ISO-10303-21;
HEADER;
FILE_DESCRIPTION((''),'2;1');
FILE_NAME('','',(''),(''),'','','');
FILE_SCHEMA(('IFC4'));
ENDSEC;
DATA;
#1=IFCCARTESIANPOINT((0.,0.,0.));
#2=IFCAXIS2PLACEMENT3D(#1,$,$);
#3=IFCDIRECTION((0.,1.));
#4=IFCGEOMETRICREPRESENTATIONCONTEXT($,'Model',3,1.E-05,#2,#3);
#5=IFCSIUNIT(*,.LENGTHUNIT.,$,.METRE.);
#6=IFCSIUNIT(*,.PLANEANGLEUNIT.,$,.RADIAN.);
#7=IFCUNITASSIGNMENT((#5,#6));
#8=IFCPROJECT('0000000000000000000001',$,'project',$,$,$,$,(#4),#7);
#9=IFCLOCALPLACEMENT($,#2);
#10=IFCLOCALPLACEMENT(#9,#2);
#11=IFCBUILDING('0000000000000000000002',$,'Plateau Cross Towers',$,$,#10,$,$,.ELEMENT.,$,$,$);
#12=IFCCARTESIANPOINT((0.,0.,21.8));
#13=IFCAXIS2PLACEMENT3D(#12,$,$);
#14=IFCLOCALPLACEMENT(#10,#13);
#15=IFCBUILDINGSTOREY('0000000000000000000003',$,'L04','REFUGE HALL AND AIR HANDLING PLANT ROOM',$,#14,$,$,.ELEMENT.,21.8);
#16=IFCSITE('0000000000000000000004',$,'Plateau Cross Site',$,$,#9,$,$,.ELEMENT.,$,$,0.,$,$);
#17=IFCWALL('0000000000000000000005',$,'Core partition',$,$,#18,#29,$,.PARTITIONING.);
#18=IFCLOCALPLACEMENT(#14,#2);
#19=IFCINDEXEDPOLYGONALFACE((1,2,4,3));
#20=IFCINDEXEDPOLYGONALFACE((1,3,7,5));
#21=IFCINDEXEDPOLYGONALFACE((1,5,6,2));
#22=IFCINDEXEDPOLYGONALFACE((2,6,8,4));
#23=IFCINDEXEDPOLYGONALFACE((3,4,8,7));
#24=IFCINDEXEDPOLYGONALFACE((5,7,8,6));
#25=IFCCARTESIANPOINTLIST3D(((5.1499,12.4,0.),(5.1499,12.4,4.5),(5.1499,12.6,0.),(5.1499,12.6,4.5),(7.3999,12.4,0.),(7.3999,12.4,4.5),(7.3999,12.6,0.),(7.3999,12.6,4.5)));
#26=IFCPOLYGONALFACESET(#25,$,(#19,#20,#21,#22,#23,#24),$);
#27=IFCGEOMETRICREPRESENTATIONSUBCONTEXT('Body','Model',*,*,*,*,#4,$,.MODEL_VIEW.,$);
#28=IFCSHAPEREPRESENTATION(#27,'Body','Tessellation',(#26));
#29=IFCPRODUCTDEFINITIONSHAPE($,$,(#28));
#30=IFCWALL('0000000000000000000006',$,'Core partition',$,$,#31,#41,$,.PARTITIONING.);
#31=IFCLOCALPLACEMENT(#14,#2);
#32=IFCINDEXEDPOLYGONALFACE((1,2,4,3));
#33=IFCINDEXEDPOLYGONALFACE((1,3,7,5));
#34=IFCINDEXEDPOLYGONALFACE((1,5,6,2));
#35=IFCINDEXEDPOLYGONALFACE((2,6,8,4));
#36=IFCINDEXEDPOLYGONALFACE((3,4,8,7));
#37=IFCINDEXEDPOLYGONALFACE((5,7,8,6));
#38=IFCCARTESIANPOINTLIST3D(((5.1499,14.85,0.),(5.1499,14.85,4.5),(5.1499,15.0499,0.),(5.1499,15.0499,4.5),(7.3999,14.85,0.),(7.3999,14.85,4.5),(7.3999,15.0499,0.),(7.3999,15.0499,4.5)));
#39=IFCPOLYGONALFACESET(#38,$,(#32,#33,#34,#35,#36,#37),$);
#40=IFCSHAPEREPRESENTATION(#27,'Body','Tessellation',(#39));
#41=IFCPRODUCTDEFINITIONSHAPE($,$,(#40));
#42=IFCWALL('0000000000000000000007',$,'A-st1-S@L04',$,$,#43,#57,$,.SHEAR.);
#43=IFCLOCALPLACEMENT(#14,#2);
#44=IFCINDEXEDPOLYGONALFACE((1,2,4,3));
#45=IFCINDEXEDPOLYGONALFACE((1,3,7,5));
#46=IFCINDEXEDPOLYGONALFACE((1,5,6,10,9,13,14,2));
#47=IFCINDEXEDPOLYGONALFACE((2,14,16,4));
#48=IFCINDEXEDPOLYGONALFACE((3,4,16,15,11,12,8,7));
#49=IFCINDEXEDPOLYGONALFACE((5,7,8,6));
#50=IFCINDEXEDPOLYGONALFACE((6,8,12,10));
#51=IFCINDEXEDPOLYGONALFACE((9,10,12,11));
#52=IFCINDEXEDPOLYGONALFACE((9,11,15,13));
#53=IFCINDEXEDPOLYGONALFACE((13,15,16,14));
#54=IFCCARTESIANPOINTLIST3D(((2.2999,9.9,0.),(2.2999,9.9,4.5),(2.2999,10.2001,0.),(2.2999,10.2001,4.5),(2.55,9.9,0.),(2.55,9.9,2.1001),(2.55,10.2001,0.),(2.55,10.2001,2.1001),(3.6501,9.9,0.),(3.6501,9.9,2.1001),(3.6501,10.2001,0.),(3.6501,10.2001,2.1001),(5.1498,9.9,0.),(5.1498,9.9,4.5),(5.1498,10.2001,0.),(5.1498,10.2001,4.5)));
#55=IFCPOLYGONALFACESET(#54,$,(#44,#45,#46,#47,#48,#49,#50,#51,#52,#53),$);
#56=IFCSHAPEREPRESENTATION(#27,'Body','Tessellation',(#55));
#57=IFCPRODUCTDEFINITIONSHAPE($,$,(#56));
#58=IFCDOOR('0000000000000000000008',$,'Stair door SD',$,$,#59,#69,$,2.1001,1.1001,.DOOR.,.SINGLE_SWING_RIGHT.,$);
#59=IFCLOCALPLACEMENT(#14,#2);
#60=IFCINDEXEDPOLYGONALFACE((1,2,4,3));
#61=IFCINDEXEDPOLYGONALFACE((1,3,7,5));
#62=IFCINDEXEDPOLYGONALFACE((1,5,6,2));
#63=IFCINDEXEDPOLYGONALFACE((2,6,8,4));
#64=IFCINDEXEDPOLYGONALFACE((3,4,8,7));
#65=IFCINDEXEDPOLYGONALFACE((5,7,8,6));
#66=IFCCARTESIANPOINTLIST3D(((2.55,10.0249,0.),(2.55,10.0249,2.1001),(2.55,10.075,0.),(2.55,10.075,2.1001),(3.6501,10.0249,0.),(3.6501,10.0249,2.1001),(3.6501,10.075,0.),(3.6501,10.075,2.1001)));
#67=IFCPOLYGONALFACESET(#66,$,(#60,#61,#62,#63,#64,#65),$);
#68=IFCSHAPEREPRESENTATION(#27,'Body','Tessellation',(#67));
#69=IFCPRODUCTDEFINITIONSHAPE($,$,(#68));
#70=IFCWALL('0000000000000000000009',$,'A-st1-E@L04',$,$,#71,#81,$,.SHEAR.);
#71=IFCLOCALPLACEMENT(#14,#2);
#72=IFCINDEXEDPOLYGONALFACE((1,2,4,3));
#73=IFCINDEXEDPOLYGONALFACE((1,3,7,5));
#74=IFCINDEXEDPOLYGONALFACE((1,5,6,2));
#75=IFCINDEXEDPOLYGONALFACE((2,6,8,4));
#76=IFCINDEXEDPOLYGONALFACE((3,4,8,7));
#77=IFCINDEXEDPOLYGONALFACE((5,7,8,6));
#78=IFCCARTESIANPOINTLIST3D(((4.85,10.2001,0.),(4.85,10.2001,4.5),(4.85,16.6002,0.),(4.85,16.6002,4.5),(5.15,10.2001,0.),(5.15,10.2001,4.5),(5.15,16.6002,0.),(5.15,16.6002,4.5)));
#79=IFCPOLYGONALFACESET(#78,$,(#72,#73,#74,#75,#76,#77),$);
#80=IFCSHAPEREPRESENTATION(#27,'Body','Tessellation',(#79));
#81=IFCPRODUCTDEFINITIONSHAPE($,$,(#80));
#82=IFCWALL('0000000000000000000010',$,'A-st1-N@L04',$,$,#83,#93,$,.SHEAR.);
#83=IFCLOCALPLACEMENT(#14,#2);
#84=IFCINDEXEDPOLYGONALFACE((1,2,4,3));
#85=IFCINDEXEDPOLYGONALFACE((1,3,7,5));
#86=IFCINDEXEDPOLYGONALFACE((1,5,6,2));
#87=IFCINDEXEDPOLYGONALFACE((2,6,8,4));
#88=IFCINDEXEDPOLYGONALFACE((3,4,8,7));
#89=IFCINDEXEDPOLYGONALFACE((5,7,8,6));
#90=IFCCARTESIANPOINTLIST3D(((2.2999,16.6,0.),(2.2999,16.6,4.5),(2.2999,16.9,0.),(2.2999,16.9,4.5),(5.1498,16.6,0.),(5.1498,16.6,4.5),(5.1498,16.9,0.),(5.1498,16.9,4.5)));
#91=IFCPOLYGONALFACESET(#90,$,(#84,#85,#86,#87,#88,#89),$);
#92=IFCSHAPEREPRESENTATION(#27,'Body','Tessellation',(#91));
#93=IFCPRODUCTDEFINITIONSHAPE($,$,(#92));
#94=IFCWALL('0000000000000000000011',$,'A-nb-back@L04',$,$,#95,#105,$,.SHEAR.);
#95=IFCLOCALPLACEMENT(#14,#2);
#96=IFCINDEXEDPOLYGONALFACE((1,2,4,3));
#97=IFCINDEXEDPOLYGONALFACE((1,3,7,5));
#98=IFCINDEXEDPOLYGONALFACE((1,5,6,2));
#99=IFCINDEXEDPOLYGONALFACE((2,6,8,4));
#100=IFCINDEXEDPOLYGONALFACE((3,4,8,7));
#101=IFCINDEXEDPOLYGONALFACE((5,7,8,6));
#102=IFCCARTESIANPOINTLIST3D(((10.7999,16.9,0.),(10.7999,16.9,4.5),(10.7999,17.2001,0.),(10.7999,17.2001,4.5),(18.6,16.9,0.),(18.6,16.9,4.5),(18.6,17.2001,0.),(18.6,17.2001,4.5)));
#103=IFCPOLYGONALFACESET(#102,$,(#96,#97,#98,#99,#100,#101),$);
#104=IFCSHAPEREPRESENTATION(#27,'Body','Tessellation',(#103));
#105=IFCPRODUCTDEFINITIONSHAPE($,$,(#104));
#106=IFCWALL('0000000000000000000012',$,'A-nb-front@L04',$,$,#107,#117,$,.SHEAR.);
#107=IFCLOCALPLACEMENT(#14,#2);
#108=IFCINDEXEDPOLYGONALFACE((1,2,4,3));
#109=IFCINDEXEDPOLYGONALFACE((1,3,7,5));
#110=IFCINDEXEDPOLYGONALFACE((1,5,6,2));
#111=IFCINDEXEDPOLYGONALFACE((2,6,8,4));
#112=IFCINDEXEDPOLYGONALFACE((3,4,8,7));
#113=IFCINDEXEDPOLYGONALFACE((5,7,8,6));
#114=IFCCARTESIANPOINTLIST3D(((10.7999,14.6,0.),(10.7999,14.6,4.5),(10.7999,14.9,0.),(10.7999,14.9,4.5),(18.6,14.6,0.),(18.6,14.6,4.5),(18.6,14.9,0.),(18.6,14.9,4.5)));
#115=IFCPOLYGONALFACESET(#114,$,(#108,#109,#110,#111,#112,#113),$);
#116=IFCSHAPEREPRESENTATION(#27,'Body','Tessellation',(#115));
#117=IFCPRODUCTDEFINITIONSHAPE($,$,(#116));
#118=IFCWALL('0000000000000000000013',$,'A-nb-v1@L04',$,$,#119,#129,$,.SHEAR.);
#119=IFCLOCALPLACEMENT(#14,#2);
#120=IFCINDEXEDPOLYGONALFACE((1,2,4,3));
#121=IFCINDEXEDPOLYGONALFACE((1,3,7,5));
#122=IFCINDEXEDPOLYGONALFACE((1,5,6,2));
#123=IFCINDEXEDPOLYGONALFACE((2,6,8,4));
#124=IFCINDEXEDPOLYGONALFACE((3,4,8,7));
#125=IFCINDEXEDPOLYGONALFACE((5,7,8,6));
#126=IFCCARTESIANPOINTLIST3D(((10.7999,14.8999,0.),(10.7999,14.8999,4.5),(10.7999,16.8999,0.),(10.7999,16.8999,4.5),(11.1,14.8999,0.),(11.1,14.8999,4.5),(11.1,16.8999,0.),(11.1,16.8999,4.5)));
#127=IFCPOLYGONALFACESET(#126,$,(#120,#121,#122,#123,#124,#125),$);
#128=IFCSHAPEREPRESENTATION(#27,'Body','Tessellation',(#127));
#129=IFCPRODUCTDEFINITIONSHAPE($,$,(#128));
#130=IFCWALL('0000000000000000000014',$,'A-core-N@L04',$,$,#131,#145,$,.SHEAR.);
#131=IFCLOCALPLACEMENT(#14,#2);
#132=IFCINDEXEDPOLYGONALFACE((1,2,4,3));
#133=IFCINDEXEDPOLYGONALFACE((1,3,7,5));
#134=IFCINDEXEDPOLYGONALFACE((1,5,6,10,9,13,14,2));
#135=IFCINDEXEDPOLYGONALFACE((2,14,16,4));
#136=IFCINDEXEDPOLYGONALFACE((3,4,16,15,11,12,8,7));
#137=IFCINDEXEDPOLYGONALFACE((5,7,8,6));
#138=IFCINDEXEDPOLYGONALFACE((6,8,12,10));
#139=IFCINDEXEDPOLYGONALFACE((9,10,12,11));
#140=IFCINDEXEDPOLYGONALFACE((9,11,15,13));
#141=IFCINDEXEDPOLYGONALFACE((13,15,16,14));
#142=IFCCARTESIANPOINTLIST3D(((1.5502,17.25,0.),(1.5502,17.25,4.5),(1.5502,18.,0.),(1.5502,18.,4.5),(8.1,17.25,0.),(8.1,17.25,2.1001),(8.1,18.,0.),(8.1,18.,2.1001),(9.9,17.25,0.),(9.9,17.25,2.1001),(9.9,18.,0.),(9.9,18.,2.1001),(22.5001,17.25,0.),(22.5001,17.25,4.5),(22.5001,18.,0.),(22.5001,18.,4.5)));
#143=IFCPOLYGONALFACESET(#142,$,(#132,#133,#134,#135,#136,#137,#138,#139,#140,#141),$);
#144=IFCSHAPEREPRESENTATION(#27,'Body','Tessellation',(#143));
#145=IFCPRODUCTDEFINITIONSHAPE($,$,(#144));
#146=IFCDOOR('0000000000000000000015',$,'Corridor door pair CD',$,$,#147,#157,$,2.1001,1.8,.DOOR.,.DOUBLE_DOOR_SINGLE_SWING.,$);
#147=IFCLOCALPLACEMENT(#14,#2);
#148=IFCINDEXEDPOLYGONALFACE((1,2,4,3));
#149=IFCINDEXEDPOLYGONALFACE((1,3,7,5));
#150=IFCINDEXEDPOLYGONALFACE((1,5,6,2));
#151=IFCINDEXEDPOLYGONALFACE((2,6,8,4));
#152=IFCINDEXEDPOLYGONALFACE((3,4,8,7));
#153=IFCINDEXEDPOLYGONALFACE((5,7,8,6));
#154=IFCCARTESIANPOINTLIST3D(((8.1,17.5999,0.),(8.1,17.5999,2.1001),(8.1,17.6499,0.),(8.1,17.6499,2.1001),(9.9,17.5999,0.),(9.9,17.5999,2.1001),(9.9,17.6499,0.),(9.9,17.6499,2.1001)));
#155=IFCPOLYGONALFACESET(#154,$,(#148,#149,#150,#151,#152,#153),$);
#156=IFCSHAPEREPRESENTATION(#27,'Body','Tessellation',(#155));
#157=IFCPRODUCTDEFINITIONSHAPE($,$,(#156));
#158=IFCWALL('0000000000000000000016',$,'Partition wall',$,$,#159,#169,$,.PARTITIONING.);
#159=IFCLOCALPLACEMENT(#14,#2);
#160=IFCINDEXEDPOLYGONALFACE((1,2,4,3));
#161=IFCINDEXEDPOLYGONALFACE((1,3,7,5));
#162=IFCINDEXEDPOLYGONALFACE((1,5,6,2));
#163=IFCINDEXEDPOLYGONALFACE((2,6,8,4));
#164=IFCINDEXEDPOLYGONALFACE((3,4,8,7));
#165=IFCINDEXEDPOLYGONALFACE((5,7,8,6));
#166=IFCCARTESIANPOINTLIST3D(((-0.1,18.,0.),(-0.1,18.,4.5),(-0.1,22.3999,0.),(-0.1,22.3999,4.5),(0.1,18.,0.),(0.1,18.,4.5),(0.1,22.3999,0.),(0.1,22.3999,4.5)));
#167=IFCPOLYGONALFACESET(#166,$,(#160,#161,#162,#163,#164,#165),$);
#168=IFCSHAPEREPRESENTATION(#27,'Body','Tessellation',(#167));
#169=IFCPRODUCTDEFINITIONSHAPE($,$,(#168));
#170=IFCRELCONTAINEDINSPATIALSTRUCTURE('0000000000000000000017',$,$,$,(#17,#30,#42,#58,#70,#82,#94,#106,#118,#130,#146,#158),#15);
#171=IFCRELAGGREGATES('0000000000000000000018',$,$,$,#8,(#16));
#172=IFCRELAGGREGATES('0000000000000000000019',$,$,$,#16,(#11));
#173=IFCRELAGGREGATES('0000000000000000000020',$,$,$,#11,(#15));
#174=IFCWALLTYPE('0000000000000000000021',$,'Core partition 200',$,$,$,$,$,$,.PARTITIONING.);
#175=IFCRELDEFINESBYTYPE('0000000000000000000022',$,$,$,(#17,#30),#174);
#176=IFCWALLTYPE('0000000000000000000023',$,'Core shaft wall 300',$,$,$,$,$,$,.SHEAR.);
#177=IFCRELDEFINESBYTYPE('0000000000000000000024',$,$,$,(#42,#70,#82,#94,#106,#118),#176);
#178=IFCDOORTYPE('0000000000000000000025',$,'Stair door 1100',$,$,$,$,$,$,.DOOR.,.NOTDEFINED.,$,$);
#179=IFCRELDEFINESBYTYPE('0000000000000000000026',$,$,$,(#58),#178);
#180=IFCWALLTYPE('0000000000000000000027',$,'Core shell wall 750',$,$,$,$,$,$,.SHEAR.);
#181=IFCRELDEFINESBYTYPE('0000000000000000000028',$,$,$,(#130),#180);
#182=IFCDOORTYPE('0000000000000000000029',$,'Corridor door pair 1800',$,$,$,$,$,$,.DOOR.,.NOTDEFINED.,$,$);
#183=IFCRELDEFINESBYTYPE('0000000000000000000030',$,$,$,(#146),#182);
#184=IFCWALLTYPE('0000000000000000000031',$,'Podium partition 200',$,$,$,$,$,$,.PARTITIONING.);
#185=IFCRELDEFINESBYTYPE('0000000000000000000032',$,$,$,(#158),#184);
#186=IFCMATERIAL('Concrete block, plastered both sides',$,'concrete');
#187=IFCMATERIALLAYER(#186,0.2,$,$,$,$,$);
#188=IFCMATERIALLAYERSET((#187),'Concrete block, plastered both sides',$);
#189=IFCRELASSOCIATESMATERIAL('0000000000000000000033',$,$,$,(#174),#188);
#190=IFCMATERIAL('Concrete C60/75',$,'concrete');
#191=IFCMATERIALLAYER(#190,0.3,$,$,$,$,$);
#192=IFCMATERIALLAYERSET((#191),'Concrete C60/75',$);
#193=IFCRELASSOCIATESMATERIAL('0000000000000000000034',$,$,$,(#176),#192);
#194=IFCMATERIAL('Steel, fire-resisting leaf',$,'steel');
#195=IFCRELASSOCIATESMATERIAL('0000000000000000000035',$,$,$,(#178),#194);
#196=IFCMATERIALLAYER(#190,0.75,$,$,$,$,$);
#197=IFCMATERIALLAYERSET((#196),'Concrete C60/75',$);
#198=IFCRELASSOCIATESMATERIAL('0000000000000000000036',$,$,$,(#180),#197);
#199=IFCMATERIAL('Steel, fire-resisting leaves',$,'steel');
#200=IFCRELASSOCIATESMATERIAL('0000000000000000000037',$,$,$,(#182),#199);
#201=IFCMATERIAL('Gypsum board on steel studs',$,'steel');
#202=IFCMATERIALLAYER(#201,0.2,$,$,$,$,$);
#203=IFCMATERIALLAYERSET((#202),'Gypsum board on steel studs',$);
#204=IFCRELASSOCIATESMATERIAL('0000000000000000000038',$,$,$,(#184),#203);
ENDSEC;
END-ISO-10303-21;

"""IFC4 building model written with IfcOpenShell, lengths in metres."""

from ifc_helpers import new_model, si_unit, direction, frame, frame_2d, origin, place, context, subcontext, project, spatial, rectangle, extrude, material, layer, layer_set, type_object, element, fill, save


model = new_model("IFC4")

# Units and contexts
model_context = context("Model", 3, precision=1e-05, world=origin(), true_north=direction((0.0, 1.0)))
body_context = subcontext(model_context, "Body", "Model", "MODEL_VIEW")
ifc_project = project(units=[si_unit("LENGTHUNIT", "METRE"), si_unit("PLANEANGLEUNIT", "RADIAN")], contexts=[model_context])

# Site, building, storey
site_placement = place(None, origin())
site = spatial("IfcSite", under=ifc_project, at=site_placement, Name="Plateau Cross Site", CompositionType="ELEMENT", RefElevation=0.0)
building_placement = place(site_placement, origin())
building = spatial("IfcBuilding", under=site, at=building_placement, Name="Plateau Cross Towers", CompositionType="ELEMENT")
storey_placement = place(building_placement, frame((0.0, 0.0, 21.8)))
storey = spatial("IfcBuildingStorey", under=building, at=storey_placement, Name="L04", Description="REFUGE HALL AND AIR HANDLING PLANT ROOM", CompositionType="ELEMENT", Elevation=21.8)

# Shared definitions
ifc_material_1 = material(Name="Concrete C60/75", Category="concrete")

# Shared definitions
ifc_material_2 = material(Name="Concrete block, plastered both sides", Category="concrete")
ifc_layer_1 = layer(ifc_material_2, 0.2)
ifc_layer_set_1 = layer_set([ifc_layer_1], Name="Concrete block, plastered both sides")
wall_type_1 = type_object("IfcWallType", Name="Core partition 200", PredefinedType="PARTITIONING", material=ifc_layer_set_1)

# Walls
for number, where, z_axis, x_axis, name in (
    (1, (5.1499, 12.5, 0.0), (0.0, 0.0, 1.0), (1.0, 0.0, 0.0), "Core partition"),
    (2, (5.1499, 14.95, 0.0), (0.0, 0.0, 1.0), (1.0, 0.0, 0.0), "Core partition"),
):
    element("IfcWall", number, at=place(storey_placement, frame(where, z_axis=z_axis, x_axis=x_axis)), inside=storey, type_object=wall_type_1, Name=name, PredefinedType="PARTITIONING", context=body_context, shape_type="SweptSolid", body=[
        extrude(rectangle(XDim=2.25, YDim=0.2, at=frame_2d((1.125, 0.0))), origin(), (0.0, 0.0, 1.0), 4.5),
    ])

# Wall, opening, door
ifc_layer_2 = layer(ifc_material_1, 0.3)
ifc_layer_set_2 = layer_set([ifc_layer_2], Name="Concrete C60/75")
wall_type_2 = type_object("IfcWallType", Name="Core shaft wall 300", PredefinedType="SHEAR", material=ifc_layer_set_2)
wall_1_placement = place(storey_placement, frame((2.3, 10.05, 0.0), z_axis=(0.0, 0.0, 1.0), x_axis=(1.0, 0.0, 0.0)))
wall_1 = element("IfcWall", 3, at=wall_1_placement, inside=storey, type_object=wall_type_2, Name="A-st1-S@L04", PredefinedType="SHEAR", context=body_context, shape_type="SweptSolid", body=[
    extrude(rectangle(XDim=2.8499, YDim=0.3, at=frame_2d((1.4248, 0.0))), origin(), (0.0, 0.0, 1.0), 4.5),
])
opening_1_placement = place(wall_1_placement, frame((0.25, 0.0, 0.0)))
opening_1 = element("IfcOpeningElement", 4, at=opening_1_placement, cuts=wall_1, PredefinedType="OPENING", context=body_context, shape_type="SweptSolid", body=[
    extrude(rectangle(XDim=1.1001, YDim=2.1001, at=frame_2d((0.55, 1.05))), frame((0.0, 0.1599, 0.0), z_axis=(0.0, -1.0, 0.0), x_axis=(1.0, 0.0, 0.0)), (0.0, 0.0, 1.0), 0.3201),
])
ifc_material_3 = material(Name="Steel, fire-resisting leaf", Category="steel")
door_type_1 = type_object("IfcDoorType", Name="Stair door 1100", OperationType="NOTDEFINED", PredefinedType="DOOR", material=ifc_material_3)
door_1_placement = place(opening_1_placement, origin())
door_1 = element("IfcDoor", 5, at=door_1_placement, inside=storey, type_object=door_type_1, Name="Stair door SD", OperationType="SINGLE_SWING_RIGHT", OverallHeight=2.1001, OverallWidth=1.1001, PredefinedType="DOOR", context=body_context, shape_type="SweptSolid", body=[
    extrude(rectangle(XDim=1.1001, YDim=2.1001, at=frame_2d((0.55, 1.05))), frame((0.0, 0.0249, 0.0), z_axis=(0.0, -1.0, 0.0), x_axis=(1.0, 0.0, 0.0)), (0.0, 0.0, 1.0), 0.05),
])
fill(opening_1, door_1)

# Walls
wall_2_placement = place(storey_placement, frame((5.0, 10.2, 0.0), z_axis=(0.0, 0.0, 1.0), x_axis=(0.0, 1.0, 0.0)))
element("IfcWall", 6, at=wall_2_placement, inside=storey, type_object=wall_type_2, Name="A-st1-E@L04", PredefinedType="SHEAR", context=body_context, shape_type="SweptSolid", body=[
    extrude(rectangle(XDim=6.4001, YDim=0.3, at=frame_2d((3.2002, 0.0))), origin(), (0.0, 0.0, 1.0), 4.5),
])
wall_3_placement = place(storey_placement, frame((2.3, 16.75, 0.0), z_axis=(0.0, 0.0, 1.0), x_axis=(1.0, 0.0, 0.0)))
element("IfcWall", 7, at=wall_3_placement, inside=storey, type_object=wall_type_2, Name="A-st1-N@L04", PredefinedType="SHEAR", context=body_context, shape_type="SweptSolid", body=[
    extrude(rectangle(XDim=2.8499, YDim=0.3, at=frame_2d((1.4248, 0.0))), origin(), (0.0, 0.0, 1.0), 4.5),
])
for number, where, z_axis, x_axis, name in (
    (8, (10.8, 17.05, 0.0), (0.0, 0.0, 1.0), (1.0, 0.0, 0.0), "A-nb-back@L04"),
    (9, (10.8, 14.75, 0.0), (0.0, 0.0, 1.0), (1.0, 0.0, 0.0), "A-nb-front@L04"),
):
    element("IfcWall", number, at=place(storey_placement, frame(where, z_axis=z_axis, x_axis=x_axis)), inside=storey, type_object=wall_type_2, Name=name, PredefinedType="SHEAR", context=body_context, shape_type="SweptSolid", body=[
        extrude(rectangle(XDim=7.8, YDim=0.3, at=frame_2d((3.8999, 0.0))), origin(), (0.0, 0.0, 1.0), 4.5),
    ])
wall_4_placement = place(storey_placement, frame((10.95, 14.8999, 0.0), z_axis=(0.0, 0.0, 1.0), x_axis=(0.0, 1.0, 0.0)))
element("IfcWall", 10, at=wall_4_placement, inside=storey, type_object=wall_type_2, Name="A-nb-v1@L04", PredefinedType="SHEAR", context=body_context, shape_type="SweptSolid", body=[
    extrude(rectangle(XDim=2.0, YDim=0.3, at=frame_2d((1.0, 0.0))), origin(), (0.0, 0.0, 1.0), 4.5),
])

# Wall, opening, door
ifc_layer_3 = layer(ifc_material_1, 0.75)
ifc_layer_set_3 = layer_set([ifc_layer_3], Name="Concrete C60/75")
wall_type_3 = type_object("IfcWallType", Name="Core shell wall 750", PredefinedType="SHEAR", material=ifc_layer_set_3)
wall_5_placement = place(storey_placement, frame((1.55, 17.625, 0.0), z_axis=(0.0, 0.0, 1.0), x_axis=(1.0, 0.0, 0.0)))
wall_5 = element("IfcWall", 11, at=wall_5_placement, inside=storey, type_object=wall_type_3, Name="A-core-N@L04", PredefinedType="SHEAR", context=body_context, shape_type="SweptSolid", body=[
    extrude(rectangle(XDim=20.95, YDim=0.75, at=frame_2d((10.4751, 0.0))), origin(), (0.0, 0.0, 1.0), 4.5),
])
opening_2_placement = place(wall_5_placement, frame((6.55, 0.0, 0.0)))
opening_2 = element("IfcOpeningElement", 12, at=opening_2_placement, cuts=wall_5, PredefinedType="OPENING", context=body_context, shape_type="SweptSolid", body=[
    extrude(rectangle(XDim=1.8, YDim=2.1001, at=frame_2d((0.8999, 1.05))), frame((0.0, 0.385, 0.0), z_axis=(0.0, -1.0, 0.0), x_axis=(1.0, 0.0, 0.0)), (0.0, 0.0, 1.0), 0.77),
])
ifc_material_4 = material(Name="Steel, fire-resisting leaves", Category="steel")
door_type_2 = type_object("IfcDoorType", Name="Corridor door pair 1800", OperationType="NOTDEFINED", PredefinedType="DOOR", material=ifc_material_4)
door_2_placement = place(opening_2_placement, origin())
door_2 = element("IfcDoor", 13, at=door_2_placement, inside=storey, type_object=door_type_2, Name="Corridor door pair CD", OperationType="DOUBLE_DOOR_SINGLE_SWING", OverallHeight=2.1001, OverallWidth=1.8, PredefinedType="DOOR", context=body_context, shape_type="SweptSolid", body=[
    extrude(rectangle(XDim=1.8, YDim=2.1001, at=frame_2d((0.8999, 1.05))), frame((0.0, 0.0249, 0.0), z_axis=(0.0, -1.0, 0.0), x_axis=(1.0, 0.0, 0.0)), (0.0, 0.0, 1.0), 0.05),
])
fill(opening_2, door_2)

# Wall
ifc_material_5 = material(Name="Gypsum board on steel studs", Category="steel")
ifc_layer_4 = layer(ifc_material_5, 0.2)
ifc_layer_set_4 = layer_set([ifc_layer_4], Name="Gypsum board on steel studs")
wall_type_4 = type_object("IfcWallType", Name="Podium partition 200", PredefinedType="PARTITIONING", material=ifc_layer_set_4)
wall_6_placement = place(storey_placement, frame((0.0, 18.0, 0.0), z_axis=(0.0, 0.0, 1.0), x_axis=(0.0, 1.0, 0.0)))
element("IfcWall", 14, at=wall_6_placement, inside=storey, type_object=wall_type_4, Name="Partition wall", PredefinedType="PARTITIONING", context=body_context, shape_type="SweptSolid", body=[
    extrude(rectangle(XDim=4.3999, YDim=0.2, at=frame_2d((2.2, 0.0))), origin(), (0.0, 0.0, 1.0), 4.5),
])

save(model, "model.ifc")
